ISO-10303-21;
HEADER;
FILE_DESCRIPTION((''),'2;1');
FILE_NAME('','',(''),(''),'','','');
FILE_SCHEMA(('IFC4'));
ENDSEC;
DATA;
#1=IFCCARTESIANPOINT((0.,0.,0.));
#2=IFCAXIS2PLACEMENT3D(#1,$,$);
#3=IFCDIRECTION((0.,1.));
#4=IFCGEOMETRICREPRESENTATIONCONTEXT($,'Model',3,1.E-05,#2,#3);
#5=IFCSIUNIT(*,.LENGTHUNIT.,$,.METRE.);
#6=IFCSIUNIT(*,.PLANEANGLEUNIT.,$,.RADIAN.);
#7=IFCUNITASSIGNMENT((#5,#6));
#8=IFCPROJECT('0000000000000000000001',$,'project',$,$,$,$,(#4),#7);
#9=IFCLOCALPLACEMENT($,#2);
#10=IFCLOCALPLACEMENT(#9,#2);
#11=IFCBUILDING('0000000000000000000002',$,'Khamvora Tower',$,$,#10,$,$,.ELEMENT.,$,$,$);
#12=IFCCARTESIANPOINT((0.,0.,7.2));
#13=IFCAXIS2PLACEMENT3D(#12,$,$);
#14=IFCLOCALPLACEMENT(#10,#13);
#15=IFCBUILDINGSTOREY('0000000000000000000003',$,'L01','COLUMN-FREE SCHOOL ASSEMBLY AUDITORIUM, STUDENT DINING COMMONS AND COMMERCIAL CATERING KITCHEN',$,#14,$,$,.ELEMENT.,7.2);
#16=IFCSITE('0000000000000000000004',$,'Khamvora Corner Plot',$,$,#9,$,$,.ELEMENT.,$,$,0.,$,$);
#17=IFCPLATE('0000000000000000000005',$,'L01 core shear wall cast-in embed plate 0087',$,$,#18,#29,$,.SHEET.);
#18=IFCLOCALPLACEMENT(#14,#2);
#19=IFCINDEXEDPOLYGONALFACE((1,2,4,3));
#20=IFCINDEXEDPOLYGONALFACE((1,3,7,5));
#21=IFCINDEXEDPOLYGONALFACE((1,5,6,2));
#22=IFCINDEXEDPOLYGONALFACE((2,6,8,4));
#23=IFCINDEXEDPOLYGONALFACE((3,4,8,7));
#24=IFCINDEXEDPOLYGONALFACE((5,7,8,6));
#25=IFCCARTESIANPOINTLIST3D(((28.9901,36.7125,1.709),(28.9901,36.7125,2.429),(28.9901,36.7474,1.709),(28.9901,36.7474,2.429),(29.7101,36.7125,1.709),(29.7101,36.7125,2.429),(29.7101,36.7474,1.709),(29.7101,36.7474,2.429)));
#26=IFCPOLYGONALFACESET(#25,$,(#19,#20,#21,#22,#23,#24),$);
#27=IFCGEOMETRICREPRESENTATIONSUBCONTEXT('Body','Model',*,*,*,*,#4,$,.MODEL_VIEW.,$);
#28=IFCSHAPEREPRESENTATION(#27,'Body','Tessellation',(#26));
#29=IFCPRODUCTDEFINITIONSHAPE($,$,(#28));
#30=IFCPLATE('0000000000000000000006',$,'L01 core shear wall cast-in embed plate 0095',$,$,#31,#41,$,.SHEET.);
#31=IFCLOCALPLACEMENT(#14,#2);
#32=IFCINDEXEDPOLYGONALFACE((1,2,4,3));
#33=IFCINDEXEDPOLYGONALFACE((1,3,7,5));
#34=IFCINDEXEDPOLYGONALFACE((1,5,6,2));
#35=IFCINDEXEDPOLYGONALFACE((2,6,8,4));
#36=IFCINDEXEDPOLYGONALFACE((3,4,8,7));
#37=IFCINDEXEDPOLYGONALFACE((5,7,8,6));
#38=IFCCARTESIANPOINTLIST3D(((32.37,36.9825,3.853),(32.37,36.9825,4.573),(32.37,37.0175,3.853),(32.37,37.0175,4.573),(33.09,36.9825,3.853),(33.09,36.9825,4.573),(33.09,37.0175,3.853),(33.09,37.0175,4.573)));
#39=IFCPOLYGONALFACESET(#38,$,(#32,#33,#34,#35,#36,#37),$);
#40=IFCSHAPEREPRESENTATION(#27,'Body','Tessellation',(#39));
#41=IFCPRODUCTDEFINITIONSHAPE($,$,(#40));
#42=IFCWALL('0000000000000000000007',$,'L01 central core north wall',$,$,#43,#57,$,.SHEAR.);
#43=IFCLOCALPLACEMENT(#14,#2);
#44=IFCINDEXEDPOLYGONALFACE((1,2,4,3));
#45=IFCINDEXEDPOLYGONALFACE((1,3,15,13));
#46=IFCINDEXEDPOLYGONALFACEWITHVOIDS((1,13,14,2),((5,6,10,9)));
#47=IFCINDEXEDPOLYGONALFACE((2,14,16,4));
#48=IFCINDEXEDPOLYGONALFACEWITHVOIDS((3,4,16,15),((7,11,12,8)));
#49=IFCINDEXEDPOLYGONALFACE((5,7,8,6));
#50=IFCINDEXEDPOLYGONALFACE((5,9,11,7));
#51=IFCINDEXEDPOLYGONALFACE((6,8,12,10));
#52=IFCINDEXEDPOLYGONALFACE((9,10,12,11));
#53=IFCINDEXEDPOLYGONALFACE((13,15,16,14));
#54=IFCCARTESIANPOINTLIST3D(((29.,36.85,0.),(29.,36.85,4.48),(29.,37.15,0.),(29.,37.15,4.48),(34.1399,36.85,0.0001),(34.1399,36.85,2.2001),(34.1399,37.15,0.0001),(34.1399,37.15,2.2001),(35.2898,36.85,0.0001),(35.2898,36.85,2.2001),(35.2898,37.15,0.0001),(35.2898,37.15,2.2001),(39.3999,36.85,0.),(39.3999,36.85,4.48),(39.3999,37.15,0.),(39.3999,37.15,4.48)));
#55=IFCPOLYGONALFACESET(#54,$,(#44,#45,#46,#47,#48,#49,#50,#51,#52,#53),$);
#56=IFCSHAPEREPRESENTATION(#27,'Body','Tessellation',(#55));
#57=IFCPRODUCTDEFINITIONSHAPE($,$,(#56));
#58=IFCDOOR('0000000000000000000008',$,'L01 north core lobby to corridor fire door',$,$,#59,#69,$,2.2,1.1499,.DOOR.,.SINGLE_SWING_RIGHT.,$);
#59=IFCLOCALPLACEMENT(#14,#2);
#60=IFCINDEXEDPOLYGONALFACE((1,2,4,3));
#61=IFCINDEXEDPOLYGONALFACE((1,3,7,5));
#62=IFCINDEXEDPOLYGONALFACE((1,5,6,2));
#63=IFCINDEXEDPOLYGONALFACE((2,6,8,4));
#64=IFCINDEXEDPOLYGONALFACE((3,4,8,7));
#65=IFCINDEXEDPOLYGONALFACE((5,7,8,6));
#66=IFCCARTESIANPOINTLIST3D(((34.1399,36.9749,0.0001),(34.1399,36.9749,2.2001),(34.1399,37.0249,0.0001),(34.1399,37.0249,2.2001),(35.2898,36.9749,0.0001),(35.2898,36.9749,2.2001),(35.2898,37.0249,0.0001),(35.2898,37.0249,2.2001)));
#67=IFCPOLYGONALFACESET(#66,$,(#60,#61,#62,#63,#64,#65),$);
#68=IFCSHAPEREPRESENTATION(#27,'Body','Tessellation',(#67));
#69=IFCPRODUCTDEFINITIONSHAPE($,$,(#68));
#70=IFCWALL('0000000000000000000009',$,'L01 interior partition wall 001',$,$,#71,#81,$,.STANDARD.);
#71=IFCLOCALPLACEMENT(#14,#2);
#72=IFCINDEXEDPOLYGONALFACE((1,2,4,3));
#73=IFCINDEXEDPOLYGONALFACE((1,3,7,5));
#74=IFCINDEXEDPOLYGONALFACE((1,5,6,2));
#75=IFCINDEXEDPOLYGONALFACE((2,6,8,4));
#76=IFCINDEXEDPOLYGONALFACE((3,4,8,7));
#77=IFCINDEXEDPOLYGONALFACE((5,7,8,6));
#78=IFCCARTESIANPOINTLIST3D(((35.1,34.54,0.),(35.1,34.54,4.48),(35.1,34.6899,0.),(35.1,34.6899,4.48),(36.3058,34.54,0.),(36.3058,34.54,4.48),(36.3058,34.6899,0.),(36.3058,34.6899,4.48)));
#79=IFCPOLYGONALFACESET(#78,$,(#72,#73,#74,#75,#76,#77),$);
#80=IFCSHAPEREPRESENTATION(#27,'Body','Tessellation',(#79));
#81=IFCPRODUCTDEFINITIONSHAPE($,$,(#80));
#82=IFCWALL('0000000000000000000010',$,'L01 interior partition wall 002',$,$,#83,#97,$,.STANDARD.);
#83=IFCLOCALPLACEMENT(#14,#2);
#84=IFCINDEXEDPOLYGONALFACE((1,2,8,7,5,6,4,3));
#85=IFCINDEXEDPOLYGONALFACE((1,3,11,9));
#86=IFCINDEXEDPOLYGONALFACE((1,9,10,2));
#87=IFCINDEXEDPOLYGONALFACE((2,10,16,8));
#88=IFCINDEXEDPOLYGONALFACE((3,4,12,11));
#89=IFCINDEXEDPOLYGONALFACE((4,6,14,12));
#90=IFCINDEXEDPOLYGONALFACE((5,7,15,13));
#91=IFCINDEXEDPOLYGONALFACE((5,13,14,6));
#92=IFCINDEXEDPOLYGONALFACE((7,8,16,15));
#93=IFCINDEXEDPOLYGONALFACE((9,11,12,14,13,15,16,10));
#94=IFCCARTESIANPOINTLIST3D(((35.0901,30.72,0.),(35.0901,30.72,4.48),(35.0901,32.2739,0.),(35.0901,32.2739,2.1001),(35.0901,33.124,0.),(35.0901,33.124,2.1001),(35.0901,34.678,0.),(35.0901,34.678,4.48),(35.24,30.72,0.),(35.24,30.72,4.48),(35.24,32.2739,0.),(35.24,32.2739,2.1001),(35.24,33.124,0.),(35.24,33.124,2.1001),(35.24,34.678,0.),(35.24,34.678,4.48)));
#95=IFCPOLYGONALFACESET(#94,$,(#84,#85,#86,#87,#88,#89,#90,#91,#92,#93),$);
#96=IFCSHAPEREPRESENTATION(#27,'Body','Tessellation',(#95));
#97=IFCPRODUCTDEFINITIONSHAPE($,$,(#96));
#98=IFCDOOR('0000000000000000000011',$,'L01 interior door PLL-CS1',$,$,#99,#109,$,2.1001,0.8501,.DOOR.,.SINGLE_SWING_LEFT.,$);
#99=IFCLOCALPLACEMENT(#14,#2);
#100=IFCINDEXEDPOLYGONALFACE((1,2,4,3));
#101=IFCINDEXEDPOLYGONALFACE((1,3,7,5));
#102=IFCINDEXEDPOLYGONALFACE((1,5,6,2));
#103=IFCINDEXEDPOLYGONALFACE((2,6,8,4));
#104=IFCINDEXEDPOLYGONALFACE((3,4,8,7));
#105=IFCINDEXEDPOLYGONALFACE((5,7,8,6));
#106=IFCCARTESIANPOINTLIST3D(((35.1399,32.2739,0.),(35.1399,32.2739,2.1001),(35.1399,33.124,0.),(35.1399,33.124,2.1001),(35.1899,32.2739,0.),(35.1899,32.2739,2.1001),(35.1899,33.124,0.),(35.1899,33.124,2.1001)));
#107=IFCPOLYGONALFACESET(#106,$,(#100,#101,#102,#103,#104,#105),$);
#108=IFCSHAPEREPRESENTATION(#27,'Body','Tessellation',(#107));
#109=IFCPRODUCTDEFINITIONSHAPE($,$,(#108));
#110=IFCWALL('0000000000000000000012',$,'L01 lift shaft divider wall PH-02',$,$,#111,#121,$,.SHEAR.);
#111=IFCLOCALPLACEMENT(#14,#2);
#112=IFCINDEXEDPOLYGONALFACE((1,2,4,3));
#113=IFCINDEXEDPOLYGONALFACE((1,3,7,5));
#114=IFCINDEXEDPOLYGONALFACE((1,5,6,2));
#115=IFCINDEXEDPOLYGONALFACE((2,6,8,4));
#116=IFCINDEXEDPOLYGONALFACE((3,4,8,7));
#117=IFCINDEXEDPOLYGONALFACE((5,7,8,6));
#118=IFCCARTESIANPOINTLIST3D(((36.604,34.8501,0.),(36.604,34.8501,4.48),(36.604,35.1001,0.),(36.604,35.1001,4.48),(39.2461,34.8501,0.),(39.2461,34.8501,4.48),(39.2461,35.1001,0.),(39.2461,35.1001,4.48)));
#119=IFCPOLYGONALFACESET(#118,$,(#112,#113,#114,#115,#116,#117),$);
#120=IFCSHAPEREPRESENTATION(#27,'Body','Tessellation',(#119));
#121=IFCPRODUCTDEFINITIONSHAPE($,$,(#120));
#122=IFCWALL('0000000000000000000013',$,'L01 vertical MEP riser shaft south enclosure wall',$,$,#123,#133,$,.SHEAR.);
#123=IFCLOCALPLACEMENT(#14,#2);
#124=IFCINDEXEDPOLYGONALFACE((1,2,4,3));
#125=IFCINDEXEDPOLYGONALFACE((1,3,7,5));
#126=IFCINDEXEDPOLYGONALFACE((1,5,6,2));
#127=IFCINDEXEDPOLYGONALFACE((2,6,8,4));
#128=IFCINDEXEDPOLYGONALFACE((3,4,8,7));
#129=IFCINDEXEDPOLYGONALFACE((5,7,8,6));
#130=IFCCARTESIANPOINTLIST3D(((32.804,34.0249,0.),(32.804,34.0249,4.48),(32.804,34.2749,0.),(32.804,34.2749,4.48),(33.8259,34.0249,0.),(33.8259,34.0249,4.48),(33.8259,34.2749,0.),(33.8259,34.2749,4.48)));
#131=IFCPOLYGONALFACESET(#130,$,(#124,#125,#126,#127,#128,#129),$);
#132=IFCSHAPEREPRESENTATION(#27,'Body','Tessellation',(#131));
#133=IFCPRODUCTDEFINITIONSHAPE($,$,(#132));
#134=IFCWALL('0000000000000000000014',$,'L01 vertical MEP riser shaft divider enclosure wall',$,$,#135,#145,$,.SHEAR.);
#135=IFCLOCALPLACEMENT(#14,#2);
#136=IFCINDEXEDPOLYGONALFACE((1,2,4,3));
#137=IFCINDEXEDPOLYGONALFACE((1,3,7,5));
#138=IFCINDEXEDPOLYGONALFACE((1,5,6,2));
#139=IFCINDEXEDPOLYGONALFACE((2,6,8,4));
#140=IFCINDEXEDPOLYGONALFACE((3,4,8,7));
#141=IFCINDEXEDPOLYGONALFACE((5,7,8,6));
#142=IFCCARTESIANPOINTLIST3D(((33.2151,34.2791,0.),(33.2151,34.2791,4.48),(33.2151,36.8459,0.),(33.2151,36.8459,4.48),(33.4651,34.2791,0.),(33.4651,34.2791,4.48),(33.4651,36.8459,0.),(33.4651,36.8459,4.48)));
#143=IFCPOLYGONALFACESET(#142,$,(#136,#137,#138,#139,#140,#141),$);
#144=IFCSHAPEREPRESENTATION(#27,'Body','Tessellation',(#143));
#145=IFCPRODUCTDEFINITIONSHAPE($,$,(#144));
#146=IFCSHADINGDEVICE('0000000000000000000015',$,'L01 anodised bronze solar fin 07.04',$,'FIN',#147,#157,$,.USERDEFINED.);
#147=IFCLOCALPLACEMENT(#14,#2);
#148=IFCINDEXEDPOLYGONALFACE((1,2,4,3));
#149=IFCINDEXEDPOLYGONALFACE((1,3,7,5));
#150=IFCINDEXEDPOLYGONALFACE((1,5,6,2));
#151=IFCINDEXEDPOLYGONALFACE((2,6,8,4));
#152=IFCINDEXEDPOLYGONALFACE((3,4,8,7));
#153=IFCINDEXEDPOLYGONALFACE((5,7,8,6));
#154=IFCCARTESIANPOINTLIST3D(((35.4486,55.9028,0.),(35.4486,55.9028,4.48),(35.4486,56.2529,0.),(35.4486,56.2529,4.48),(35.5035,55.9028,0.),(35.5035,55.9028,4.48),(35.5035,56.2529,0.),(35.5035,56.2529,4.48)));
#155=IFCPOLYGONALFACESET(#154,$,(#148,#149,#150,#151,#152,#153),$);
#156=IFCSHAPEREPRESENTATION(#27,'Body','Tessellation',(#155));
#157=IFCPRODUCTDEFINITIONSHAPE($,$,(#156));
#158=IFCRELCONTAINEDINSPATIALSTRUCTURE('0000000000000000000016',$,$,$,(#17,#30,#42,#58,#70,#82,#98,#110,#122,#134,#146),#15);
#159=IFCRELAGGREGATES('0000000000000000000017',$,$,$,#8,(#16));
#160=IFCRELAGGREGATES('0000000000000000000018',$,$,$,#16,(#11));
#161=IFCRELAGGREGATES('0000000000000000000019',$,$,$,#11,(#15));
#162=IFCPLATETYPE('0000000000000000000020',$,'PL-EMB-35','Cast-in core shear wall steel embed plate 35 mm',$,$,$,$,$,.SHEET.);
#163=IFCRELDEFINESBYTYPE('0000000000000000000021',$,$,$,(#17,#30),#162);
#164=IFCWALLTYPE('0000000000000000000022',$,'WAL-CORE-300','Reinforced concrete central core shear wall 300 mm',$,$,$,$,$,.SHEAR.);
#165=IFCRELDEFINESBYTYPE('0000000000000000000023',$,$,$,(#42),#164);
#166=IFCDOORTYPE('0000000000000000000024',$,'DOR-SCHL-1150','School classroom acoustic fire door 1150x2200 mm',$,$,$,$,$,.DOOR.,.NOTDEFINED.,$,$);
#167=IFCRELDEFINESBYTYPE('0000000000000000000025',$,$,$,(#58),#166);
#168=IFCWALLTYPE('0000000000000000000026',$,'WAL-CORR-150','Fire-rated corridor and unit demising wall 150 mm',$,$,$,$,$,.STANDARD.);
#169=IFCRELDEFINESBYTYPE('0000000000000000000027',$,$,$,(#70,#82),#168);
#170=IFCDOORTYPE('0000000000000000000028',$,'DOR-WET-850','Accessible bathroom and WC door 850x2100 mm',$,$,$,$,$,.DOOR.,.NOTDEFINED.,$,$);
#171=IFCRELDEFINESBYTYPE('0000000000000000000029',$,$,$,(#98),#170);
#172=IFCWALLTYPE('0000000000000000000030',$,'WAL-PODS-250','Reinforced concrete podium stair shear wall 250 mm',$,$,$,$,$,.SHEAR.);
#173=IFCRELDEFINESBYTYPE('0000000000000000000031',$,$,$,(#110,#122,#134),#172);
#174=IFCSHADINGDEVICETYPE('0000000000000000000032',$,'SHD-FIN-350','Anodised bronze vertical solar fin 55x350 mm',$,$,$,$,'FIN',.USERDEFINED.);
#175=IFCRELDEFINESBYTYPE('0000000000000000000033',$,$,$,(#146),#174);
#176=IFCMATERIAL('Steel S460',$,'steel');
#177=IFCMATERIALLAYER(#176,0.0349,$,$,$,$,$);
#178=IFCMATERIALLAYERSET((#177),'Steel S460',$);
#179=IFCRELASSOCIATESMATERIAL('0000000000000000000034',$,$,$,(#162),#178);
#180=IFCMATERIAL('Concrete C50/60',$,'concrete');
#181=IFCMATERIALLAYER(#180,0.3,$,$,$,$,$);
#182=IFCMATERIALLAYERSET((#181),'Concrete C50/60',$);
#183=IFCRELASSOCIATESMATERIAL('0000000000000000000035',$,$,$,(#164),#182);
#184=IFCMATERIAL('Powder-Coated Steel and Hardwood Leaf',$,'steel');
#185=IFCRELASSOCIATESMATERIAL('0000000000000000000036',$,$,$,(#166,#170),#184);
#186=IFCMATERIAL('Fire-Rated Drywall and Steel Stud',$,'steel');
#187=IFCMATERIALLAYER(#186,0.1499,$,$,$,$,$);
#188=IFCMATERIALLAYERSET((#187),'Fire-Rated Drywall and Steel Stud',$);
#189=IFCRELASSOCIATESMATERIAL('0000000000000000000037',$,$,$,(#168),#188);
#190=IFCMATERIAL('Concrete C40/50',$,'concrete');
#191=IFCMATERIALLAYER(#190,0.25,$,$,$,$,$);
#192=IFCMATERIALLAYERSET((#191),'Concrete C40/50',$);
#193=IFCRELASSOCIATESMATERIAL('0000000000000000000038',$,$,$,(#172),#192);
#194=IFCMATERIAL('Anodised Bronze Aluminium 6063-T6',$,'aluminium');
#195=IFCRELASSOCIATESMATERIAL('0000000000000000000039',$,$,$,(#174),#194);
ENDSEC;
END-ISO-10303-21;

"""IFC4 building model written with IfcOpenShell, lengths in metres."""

from ifc_helpers import new_model, si_unit, direction, frame, frame_2d, origin, origin_2d, place, context, subcontext, project, spatial, rectangle, extrude, material, layer, layer_set, type_object, element, fill, save


model = new_model("IFC4")

# Units and contexts
model_context = context("Model", 3, precision=1e-05, world=origin(), true_north=direction((0.0, 1.0)))
body_context = subcontext(model_context, "Body", "Model", "MODEL_VIEW")
ifc_project = project(units=[si_unit("LENGTHUNIT", "METRE"), si_unit("PLANEANGLEUNIT", "RADIAN")], contexts=[model_context])

# Site, building, storey
site_placement = place(None, origin())
site = spatial("IfcSite", under=ifc_project, at=site_placement, Name="Khamvora Corner Plot", CompositionType="ELEMENT", RefElevation=0.0)
building_placement = place(site_placement, origin())
building = spatial("IfcBuilding", under=site, at=building_placement, Name="Khamvora Tower", CompositionType="ELEMENT")
storey_placement = place(building_placement, frame((0.0, 0.0, 7.2)))
storey = spatial("IfcBuildingStorey", under=building, at=storey_placement, Name="L01", Description="COLUMN-FREE SCHOOL ASSEMBLY AUDITORIUM, STUDENT DINING COMMONS AND COMMERCIAL CATERING KITCHEN", CompositionType="ELEMENT", Elevation=7.2)

# Shared definitions
ifc_material_1 = material(Name="Steel S460", Category="steel")

# Plates
ifc_layer_1 = layer(ifc_material_1, 0.0349)
ifc_layer_set_1 = layer_set([ifc_layer_1], Name="Steel S460")
plate_type_1 = type_object("IfcPlateType", Name="PL-EMB-35", Description="Cast-in core shear wall steel embed plate 35 mm", PredefinedType="SHEET", material=ifc_layer_set_1)
for number, where, z_axis, x_axis, name in (
    (1, (29.3501, 36.73, 1.709), (0.0, 0.0, 1.0), (1.0, 0.0, 0.0), "L01 core shear wall cast-in embed plate 0087"),
    (2, (32.73, 37.0, 3.853), (0.0, 0.0, 1.0), (1.0, 0.0, 0.0), "L01 core shear wall cast-in embed plate 0095"),
):
    element("IfcPlate", number, at=place(storey_placement, frame(where, z_axis=z_axis, x_axis=x_axis)), inside=storey, type_object=plate_type_1, Name=name, PredefinedType="SHEET", context=body_context, shape_type="SweptSolid", body=[
        extrude(rectangle(XDim=0.72, YDim=0.0349, at=origin_2d()), origin(), (0.0, 0.0, 1.0), 0.72),
    ])

# Wall, opening, door
ifc_material_2 = material(Name="Concrete C50/60", Category="concrete")
ifc_layer_2 = layer(ifc_material_2, 0.3)
ifc_layer_set_2 = layer_set([ifc_layer_2], Name="Concrete C50/60")
wall_type_1 = type_object("IfcWallType", Name="WAL-CORE-300", Description="Reinforced concrete central core shear wall 300 mm", PredefinedType="SHEAR", material=ifc_layer_set_2)
wall_1_placement = place(storey_placement, frame((29.0, 37.0, 0.0), z_axis=(0.0, 0.0, 1.0), x_axis=(1.0, 0.0, 0.0)))
wall_1 = element("IfcWall", 3, at=wall_1_placement, inside=storey, type_object=wall_type_1, Name="L01 central core north wall", PredefinedType="SHEAR", context=body_context, shape_type="SweptSolid", body=[
    extrude(rectangle(XDim=10.3999, YDim=0.3, at=frame_2d((5.2, 0.0))), origin(), (0.0, 0.0, 1.0), 4.48),
])
opening_1_placement = place(wall_1_placement, frame((5.1399, 0.0, 0.0)))
opening_1 = element("IfcOpeningElement", 4, at=opening_1_placement, cuts=wall_1, PredefinedType="OPENING", context=body_context, shape_type="SweptSolid", body=[
    extrude(rectangle(XDim=1.1499, YDim=2.2, at=frame_2d((0.575, 1.1001))), frame((0.0, 0.1599, 0.0), z_axis=(0.0, -1.0, 0.0), x_axis=(1.0, 0.0, 0.0)), (0.0, 0.0, 1.0), 0.3201),
])
ifc_material_3 = material(Name="Powder-Coated Steel and Hardwood Leaf", Category="steel")
door_type_1 = type_object("IfcDoorType", Name="DOR-SCHL-1150", Description="School classroom acoustic fire door 1150x2200 mm", OperationType="NOTDEFINED", PredefinedType="DOOR", material=ifc_material_3)
door_1_placement = place(opening_1_placement, origin())
door_1 = element("IfcDoor", 5, at=door_1_placement, inside=storey, type_object=door_type_1, Name="L01 north core lobby to corridor fire door", OperationType="SINGLE_SWING_RIGHT", OverallHeight=2.2, OverallWidth=1.1499, PredefinedType="DOOR", context=body_context, shape_type="SweptSolid", body=[
    extrude(rectangle(XDim=1.1499, YDim=2.2, at=frame_2d((0.575, 1.1001))), frame((0.0, 0.0249, 0.0), z_axis=(0.0, -1.0, 0.0), x_axis=(1.0, 0.0, 0.0)), (0.0, 0.0, 1.0), 0.05),
])
fill(opening_1, door_1)

# Wall
ifc_material_4 = material(Name="Fire-Rated Drywall and Steel Stud", Category="steel")
ifc_layer_3 = layer(ifc_material_4, 0.1499)
ifc_layer_set_3 = layer_set([ifc_layer_3], Name="Fire-Rated Drywall and Steel Stud")
wall_type_2 = type_object("IfcWallType", Name="WAL-CORR-150", Description="Fire-rated corridor and unit demising wall 150 mm", PredefinedType="STANDARD", material=ifc_layer_set_3)
wall_2_placement = place(storey_placement, frame((36.3059, 34.615, 0.0), z_axis=(0.0, 0.0, 1.0), x_axis=(-1.0, 0.0, 0.0)))
element("IfcWall", 6, at=wall_2_placement, inside=storey, type_object=wall_type_2, Name="L01 interior partition wall 001", PredefinedType="STANDARD", context=body_context, shape_type="SweptSolid", body=[
    extrude(rectangle(XDim=1.2058, YDim=0.1499, at=frame_2d((0.603, 0.0))), origin(), (0.0, 0.0, 1.0), 4.48),
])

# Wall, opening, door
wall_3_placement = place(storey_placement, frame((35.165, 34.678, 0.0), z_axis=(0.0, 0.0, 1.0), x_axis=(0.0, -1.0, 0.0)))
wall_3 = element("IfcWall", 7, at=wall_3_placement, inside=storey, type_object=wall_type_2, Name="L01 interior partition wall 002", PredefinedType="STANDARD", context=body_context, shape_type="SweptSolid", body=[
    extrude(rectangle(XDim=3.958, YDim=0.1499, at=frame_2d((1.979, 0.0))), origin(), (0.0, 0.0, 1.0), 4.48),
])
opening_2_placement = place(wall_3_placement, frame((1.554, 0.0, 0.0)))
opening_2 = element("IfcOpeningElement", 8, at=opening_2_placement, cuts=wall_3, PredefinedType="OPENING", context=body_context, shape_type="SweptSolid", body=[
    extrude(rectangle(XDim=0.8501, YDim=2.1001, at=frame_2d((0.425, 1.05))), frame((0.0, 0.085, 0.0), z_axis=(0.0, -1.0, 0.0), x_axis=(1.0, 0.0, 0.0)), (0.0, 0.0, 1.0), 0.1699),
])
door_type_2 = type_object("IfcDoorType", Name="DOR-WET-850", Description="Accessible bathroom and WC door 850x2100 mm", OperationType="NOTDEFINED", PredefinedType="DOOR", material=ifc_material_3)
door_2_placement = place(opening_2_placement, origin())
door_2 = element("IfcDoor", 9, at=door_2_placement, inside=storey, type_object=door_type_2, Name="L01 interior door PLL-CS1", OperationType="SINGLE_SWING_LEFT", OverallHeight=2.1001, OverallWidth=0.8501, PredefinedType="DOOR", context=body_context, shape_type="SweptSolid", body=[
    extrude(rectangle(XDim=0.8501, YDim=2.1001, at=frame_2d((0.425, 1.05))), frame((0.0, 0.0249, 0.0), z_axis=(0.0, -1.0, 0.0), x_axis=(1.0, 0.0, 0.0)), (0.0, 0.0, 1.0), 0.05),
])
fill(opening_2, door_2)

# Walls
ifc_material_5 = material(Name="Concrete C40/50", Category="concrete")
ifc_layer_4 = layer(ifc_material_5, 0.25)
ifc_layer_set_4 = layer_set([ifc_layer_4], Name="Concrete C40/50")
wall_type_3 = type_object("IfcWallType", Name="WAL-PODS-250", Description="Reinforced concrete podium stair shear wall 250 mm", PredefinedType="SHEAR", material=ifc_layer_set_4)
wall_4_placement = place(storey_placement, frame((36.604, 34.9751, 0.0), z_axis=(0.0, 0.0, 1.0), x_axis=(1.0, 0.0, 0.0)))
element("IfcWall", 10, at=wall_4_placement, inside=storey, type_object=wall_type_3, Name="L01 lift shaft divider wall PH-02", PredefinedType="SHEAR", context=body_context, shape_type="SweptSolid", body=[
    extrude(rectangle(XDim=2.6421, YDim=0.25, at=frame_2d((1.321, 0.0))), origin(), (0.0, 0.0, 1.0), 4.48),
])
wall_5_placement = place(storey_placement, frame((32.804, 34.1499, 0.0), z_axis=(0.0, 0.0, 1.0), x_axis=(1.0, 0.0, 0.0)))
element("IfcWall", 11, at=wall_5_placement, inside=storey, type_object=wall_type_3, Name="L01 vertical MEP riser shaft south enclosure wall", PredefinedType="SHEAR", context=body_context, shape_type="SweptSolid", body=[
    extrude(rectangle(XDim=1.022, YDim=0.25, at=frame_2d((0.511, 0.0))), origin(), (0.0, 0.0, 1.0), 4.48),
])
wall_6_placement = place(storey_placement, frame((33.3401, 34.2791, 0.0), z_axis=(0.0, 0.0, 1.0), x_axis=(0.0, 1.0, 0.0)))
element("IfcWall", 12, at=wall_6_placement, inside=storey, type_object=wall_type_3, Name="L01 vertical MEP riser shaft divider enclosure wall", PredefinedType="SHEAR", context=body_context, shape_type="SweptSolid", body=[
    extrude(rectangle(XDim=2.5669, YDim=0.25, at=frame_2d((1.2834, 0.0))), origin(), (0.0, 0.0, 1.0), 4.48),
])

# Shading device
ifc_material_6 = material(Name="Anodised Bronze Aluminium 6063-T6", Category="aluminium")
shading_device_type = type_object("IfcShadingDeviceType", Name="SHD-FIN-350", Description="Anodised bronze vertical solar fin 55x350 mm", ElementType="FIN", PredefinedType="USERDEFINED", material=ifc_material_6)
shading_device_placement = place(storey_placement, frame((35.4761, 56.0779, 0.0), z_axis=(0.0, 0.0, 1.0), x_axis=(1.0, 0.0, 0.0)))
element("IfcShadingDevice", 13, at=shading_device_placement, inside=storey, type_object=shading_device_type, Name="L01 anodised bronze solar fin 07.04", ObjectType="FIN", PredefinedType="USERDEFINED", context=body_context, shape_type="SweptSolid", body=[
    extrude(rectangle(XDim=0.0549, YDim=0.3501, at=origin_2d()), origin(), (0.0, 0.0, 1.0), 4.48),
])

save(model, "model.ifc")
